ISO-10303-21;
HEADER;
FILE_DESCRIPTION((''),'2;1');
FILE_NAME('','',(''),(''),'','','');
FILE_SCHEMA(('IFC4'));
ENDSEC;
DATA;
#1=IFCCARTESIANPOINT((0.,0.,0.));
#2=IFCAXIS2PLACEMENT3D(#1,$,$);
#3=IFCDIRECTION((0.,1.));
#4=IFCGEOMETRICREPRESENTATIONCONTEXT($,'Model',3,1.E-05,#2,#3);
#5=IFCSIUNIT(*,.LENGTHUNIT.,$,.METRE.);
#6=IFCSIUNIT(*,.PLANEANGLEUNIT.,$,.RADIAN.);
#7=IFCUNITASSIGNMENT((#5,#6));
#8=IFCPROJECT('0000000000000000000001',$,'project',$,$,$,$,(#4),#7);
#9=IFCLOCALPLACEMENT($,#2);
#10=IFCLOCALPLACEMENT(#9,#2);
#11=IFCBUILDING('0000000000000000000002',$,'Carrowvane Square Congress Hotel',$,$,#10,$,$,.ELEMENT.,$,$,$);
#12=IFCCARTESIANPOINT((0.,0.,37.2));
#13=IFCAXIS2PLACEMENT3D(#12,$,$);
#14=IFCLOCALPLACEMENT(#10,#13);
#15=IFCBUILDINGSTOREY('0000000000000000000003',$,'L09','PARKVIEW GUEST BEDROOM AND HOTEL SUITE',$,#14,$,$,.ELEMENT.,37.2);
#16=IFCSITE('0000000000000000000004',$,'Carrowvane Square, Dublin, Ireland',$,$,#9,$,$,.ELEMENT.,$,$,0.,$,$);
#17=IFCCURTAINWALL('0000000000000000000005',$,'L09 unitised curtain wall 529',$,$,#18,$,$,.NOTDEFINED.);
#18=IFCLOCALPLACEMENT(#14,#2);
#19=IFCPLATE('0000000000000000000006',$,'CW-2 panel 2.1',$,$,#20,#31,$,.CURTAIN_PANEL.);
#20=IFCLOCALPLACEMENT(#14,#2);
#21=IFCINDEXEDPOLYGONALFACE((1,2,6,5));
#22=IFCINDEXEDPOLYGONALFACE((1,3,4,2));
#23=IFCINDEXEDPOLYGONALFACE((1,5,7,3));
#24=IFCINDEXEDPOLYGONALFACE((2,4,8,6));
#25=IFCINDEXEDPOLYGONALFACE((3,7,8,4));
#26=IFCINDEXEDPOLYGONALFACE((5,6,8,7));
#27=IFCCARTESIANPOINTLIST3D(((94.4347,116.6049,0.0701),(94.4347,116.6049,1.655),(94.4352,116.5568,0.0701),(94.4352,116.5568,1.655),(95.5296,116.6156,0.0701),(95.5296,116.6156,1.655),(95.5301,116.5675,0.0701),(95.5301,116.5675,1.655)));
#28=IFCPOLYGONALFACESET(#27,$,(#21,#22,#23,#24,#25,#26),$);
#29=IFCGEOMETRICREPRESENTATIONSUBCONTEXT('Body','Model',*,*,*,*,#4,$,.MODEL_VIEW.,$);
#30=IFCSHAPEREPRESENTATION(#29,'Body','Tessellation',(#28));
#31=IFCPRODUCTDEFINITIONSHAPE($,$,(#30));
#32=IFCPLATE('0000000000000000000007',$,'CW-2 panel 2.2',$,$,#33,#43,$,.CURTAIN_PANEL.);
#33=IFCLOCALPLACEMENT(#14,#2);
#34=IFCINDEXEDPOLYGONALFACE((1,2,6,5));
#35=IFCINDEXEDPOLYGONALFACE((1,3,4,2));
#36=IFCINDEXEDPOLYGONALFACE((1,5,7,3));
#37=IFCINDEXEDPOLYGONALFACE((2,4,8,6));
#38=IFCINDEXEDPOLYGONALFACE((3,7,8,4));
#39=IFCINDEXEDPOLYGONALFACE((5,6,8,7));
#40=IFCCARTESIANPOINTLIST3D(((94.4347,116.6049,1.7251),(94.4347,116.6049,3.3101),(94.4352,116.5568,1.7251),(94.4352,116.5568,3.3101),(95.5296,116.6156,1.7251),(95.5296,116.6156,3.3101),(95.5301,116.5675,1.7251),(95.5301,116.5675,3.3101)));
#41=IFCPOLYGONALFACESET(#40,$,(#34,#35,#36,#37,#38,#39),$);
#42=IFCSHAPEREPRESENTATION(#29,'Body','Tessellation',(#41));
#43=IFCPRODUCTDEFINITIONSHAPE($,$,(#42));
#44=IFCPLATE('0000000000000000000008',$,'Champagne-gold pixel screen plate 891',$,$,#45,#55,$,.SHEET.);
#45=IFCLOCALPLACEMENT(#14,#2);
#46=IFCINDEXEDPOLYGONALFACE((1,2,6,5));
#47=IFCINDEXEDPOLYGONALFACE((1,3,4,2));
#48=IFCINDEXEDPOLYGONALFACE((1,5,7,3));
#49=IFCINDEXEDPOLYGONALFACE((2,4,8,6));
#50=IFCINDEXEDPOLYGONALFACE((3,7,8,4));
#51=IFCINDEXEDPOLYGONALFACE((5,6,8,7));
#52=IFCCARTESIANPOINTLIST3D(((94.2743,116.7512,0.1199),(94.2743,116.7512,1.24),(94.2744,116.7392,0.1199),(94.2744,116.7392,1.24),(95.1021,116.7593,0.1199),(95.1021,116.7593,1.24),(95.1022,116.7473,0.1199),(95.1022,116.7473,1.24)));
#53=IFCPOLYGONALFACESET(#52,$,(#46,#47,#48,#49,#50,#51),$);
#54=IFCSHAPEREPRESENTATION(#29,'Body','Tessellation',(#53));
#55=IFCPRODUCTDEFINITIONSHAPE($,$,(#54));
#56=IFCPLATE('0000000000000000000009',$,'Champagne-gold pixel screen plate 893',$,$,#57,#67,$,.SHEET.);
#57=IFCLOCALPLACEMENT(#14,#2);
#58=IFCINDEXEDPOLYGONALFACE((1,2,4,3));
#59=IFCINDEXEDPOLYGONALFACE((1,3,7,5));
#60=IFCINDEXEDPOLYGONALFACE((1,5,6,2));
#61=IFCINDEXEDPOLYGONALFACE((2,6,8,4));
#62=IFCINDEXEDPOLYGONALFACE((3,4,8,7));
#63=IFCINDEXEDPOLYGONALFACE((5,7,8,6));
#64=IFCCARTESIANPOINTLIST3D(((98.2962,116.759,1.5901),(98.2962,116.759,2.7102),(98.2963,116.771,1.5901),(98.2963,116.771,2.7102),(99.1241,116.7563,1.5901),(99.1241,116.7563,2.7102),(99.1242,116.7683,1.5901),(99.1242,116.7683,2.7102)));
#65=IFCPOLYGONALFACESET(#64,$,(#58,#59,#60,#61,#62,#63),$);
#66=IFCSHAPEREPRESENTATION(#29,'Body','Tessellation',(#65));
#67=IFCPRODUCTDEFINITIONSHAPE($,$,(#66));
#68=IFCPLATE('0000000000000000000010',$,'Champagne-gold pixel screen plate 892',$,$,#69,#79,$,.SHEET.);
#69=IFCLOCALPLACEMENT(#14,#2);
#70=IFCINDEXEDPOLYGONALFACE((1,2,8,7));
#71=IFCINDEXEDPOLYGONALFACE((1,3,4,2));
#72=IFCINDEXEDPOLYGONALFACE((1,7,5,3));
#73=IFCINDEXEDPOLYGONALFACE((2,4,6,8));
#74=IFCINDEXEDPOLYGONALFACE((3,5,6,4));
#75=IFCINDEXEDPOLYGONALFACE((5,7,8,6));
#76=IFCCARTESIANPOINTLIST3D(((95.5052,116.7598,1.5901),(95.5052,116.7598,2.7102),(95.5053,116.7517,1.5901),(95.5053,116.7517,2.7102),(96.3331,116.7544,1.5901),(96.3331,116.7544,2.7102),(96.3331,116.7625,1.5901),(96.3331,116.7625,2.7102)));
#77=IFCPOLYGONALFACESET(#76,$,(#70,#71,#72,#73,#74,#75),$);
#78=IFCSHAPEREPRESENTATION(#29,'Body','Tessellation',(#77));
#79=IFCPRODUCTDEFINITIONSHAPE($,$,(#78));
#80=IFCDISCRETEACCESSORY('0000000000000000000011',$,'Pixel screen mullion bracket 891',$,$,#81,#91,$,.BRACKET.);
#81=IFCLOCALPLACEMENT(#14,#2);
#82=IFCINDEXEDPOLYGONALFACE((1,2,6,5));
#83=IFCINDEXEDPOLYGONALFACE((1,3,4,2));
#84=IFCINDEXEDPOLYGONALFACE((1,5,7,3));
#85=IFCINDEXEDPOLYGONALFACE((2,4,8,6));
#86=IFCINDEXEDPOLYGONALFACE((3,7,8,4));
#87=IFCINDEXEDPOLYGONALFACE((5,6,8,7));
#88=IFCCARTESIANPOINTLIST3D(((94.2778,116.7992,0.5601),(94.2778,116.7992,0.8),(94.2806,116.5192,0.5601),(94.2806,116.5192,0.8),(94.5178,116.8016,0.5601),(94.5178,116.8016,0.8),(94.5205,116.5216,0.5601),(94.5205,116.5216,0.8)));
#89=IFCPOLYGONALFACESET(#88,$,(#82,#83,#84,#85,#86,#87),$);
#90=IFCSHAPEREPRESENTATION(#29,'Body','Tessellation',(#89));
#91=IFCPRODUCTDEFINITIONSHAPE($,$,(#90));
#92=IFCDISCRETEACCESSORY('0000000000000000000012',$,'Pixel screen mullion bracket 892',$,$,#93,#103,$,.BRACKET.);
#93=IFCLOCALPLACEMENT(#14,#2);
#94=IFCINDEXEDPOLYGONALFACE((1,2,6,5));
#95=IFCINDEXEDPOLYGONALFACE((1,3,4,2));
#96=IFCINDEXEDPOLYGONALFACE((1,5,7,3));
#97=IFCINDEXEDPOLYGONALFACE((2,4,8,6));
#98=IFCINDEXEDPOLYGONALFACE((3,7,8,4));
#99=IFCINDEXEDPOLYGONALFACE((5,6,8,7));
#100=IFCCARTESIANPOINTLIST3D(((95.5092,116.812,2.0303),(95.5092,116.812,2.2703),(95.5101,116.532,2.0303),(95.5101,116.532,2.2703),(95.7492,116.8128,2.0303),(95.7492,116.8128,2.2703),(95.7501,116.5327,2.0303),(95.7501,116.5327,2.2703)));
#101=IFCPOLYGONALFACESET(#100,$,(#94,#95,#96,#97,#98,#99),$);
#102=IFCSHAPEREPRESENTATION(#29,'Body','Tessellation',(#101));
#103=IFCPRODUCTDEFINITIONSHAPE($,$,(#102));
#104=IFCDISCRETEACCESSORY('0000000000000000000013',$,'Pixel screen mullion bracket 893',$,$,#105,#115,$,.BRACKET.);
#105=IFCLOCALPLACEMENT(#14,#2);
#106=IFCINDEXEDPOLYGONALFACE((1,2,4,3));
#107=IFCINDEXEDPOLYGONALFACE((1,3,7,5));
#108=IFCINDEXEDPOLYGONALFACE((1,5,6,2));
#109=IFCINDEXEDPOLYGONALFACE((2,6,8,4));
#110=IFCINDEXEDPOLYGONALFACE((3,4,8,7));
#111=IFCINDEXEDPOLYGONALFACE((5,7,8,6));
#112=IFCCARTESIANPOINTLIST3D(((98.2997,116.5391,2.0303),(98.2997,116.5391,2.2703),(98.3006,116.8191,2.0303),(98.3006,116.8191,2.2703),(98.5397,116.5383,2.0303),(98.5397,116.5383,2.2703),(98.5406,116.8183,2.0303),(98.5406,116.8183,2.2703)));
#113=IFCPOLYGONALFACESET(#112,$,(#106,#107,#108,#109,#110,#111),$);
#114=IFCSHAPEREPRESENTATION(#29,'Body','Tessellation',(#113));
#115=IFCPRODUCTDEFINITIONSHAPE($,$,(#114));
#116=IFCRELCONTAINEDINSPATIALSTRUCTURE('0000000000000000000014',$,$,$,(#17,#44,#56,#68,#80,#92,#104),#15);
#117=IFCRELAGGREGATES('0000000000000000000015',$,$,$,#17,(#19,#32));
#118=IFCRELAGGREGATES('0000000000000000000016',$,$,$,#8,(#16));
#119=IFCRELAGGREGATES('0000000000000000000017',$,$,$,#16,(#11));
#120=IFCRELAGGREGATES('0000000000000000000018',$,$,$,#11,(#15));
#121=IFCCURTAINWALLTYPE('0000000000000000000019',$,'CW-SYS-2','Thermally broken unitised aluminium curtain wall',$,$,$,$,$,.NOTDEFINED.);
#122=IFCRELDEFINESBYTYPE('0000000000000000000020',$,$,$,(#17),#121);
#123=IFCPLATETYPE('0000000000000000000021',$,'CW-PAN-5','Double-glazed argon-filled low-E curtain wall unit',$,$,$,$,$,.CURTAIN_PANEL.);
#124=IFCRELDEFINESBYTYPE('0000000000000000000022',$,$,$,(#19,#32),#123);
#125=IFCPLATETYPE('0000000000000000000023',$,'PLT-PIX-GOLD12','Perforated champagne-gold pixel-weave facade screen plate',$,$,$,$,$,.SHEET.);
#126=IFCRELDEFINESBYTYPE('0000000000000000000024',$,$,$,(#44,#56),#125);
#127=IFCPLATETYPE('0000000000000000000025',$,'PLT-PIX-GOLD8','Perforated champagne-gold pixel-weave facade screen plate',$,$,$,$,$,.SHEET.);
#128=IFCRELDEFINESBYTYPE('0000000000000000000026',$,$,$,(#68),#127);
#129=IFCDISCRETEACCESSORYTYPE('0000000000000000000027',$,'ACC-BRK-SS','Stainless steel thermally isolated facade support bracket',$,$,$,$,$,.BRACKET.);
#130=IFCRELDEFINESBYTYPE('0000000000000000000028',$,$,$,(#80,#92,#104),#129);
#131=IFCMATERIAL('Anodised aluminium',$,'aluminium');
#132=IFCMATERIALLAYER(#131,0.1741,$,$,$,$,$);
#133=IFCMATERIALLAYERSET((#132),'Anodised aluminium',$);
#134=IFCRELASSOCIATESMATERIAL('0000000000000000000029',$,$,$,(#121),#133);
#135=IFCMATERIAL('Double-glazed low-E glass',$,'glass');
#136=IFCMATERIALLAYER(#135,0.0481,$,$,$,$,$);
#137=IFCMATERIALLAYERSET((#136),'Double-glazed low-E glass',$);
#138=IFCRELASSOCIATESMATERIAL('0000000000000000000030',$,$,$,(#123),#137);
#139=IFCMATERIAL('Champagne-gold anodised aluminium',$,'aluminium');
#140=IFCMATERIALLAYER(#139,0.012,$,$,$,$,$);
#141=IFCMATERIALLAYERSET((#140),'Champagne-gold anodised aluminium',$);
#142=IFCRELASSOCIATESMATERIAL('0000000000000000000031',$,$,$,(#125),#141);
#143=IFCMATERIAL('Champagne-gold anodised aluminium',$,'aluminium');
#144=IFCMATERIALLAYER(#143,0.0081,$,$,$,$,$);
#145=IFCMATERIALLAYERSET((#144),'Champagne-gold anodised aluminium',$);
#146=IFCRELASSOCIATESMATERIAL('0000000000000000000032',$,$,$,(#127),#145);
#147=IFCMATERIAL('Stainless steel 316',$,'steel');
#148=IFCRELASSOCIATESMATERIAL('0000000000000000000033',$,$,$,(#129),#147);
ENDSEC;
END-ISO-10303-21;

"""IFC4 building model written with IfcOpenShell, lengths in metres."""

from ifc_helpers import new_model, si_unit, direction, frame, origin, origin_2d, place, context, subcontext, project, spatial, rectangle, extrude, material, layer, layer_set, type_object, element, aggregate, save


model = new_model("IFC4")

# Units and contexts
model_context = context("Model", 3, precision=1e-05, world=origin(), true_north=direction((0.0, 1.0)))
body_context = subcontext(model_context, "Body", "Model", "MODEL_VIEW")
ifc_project = project(units=[si_unit("LENGTHUNIT", "METRE"), si_unit("PLANEANGLEUNIT", "RADIAN")], contexts=[model_context])

# Site, building, storey
site_placement = place(None, origin())
site = spatial("IfcSite", under=ifc_project, at=site_placement, Name="Carrowvane Square, Dublin, Ireland", CompositionType="ELEMENT", RefElevation=0.0)
building_placement = place(site_placement, origin())
building = spatial("IfcBuilding", under=site, at=building_placement, Name="Carrowvane Square Congress Hotel", CompositionType="ELEMENT")
storey_placement = place(building_placement, frame((0.0, 0.0, 37.2)))
storey = spatial("IfcBuildingStorey", under=building, at=storey_placement, Name="L09", Description="PARKVIEW GUEST BEDROOM AND HOTEL SUITE", CompositionType="ELEMENT", Elevation=37.2)

# Curtain wall
ifc_material_1 = material(Name="Anodised aluminium", Category="aluminium")
ifc_layer_1 = layer(ifc_material_1, 0.1741)
ifc_layer_set_1 = layer_set([ifc_layer_1], Name="Anodised aluminium")
curtain_wall_type_1 = type_object("IfcCurtainWallType", Name="CW-SYS-2", Description="Thermally broken unitised aluminium curtain wall", PredefinedType="NOTDEFINED", material=ifc_layer_set_1)
curtain_wall_1_placement = place(storey_placement, origin())
curtain_wall_1 = element("IfcCurtainWall", 1, at=curtain_wall_1_placement, inside=storey, type_object=curtain_wall_type_1, Name="L09 unitised curtain wall 529", PredefinedType="NOTDEFINED")

# Plates
ifc_material_2 = material(Name="Double-glazed low-E glass", Category="glass")
ifc_layer_2 = layer(ifc_material_2, 0.0481)
ifc_layer_set_2 = layer_set([ifc_layer_2], Name="Double-glazed low-E glass")
plate_type_1 = type_object("IfcPlateType", Name="CW-PAN-5", Description="Double-glazed argon-filled low-E curtain wall unit", PredefinedType="CURTAIN_PANEL", material=ifc_layer_set_2)
plate_1_placement = place(storey_placement, frame((94.9824, 116.5862, 0.0701), z_axis=(0.0, 0.0, 1.0), x_axis=(0.999952, 0.009783, 0.0)))
plate_1 = element("IfcPlate", 2, at=plate_1_placement, type_object=plate_type_1, Name="CW-2 panel 2.1", PredefinedType="CURTAIN_PANEL", context=body_context, shape_type="SweptSolid", body=[
    extrude(rectangle(XDim=1.095, YDim=0.0481, at=origin_2d()), origin(), (0.0, 0.0, 1.0), 1.585),
])
plate_2_placement = place(storey_placement, frame((94.9824, 116.5862, 1.7251), z_axis=(0.0, 0.0, 1.0), x_axis=(0.999952, 0.009783, 0.0)))
plate_2 = element("IfcPlate", 3, at=plate_2_placement, type_object=plate_type_1, Name="CW-2 panel 2.2", PredefinedType="CURTAIN_PANEL", context=body_context, shape_type="SweptSolid", body=[
    extrude(rectangle(XDim=1.095, YDim=0.0481, at=origin_2d()), origin(), (0.0, 0.0, 1.0), 1.585),
])
aggregate(curtain_wall_1, [plate_1, plate_2])

# Plates
ifc_material_3 = material(Name="Champagne-gold anodised aluminium", Category="aluminium")
ifc_layer_3 = layer(ifc_material_3, 0.012)
ifc_layer_set_3 = layer_set([ifc_layer_3], Name="Champagne-gold anodised aluminium")
plate_type_2 = type_object("IfcPlateType", Name="PLT-PIX-GOLD12", Description="Perforated champagne-gold pixel-weave facade screen plate", PredefinedType="SHEET", material=ifc_layer_set_3)
for number, where, z_axis, x_axis, name in (
    (4, (94.6882, 116.7493, 0.1199), (0.0, 0.0, 1.0), (0.999952, 0.009782, 0.0), "Champagne-gold pixel screen plate 891"),
    (5, (98.7102, 116.7637, 1.5901), (0.0, 0.0, 1.0), (0.999995, -0.00327, 0.0), "Champagne-gold pixel screen plate 893"),
):
    element("IfcPlate", number, at=place(storey_placement, frame(where, z_axis=z_axis, x_axis=x_axis)), inside=storey, type_object=plate_type_2, Name=name, PredefinedType="SHEET", context=body_context, shape_type="SweptSolid", body=[
        extrude(rectangle(XDim=0.8279, YDim=0.012, at=origin_2d()), origin(), (0.0, 0.0, 1.0), 1.1201),
    ])
ifc_material_4 = material(Name="Champagne-gold anodised aluminium", Category="aluminium")
ifc_layer_4 = layer(ifc_material_4, 0.0081)
ifc_layer_set_4 = layer_set([ifc_layer_4], Name="Champagne-gold anodised aluminium")
plate_type_3 = type_object("IfcPlateType", Name="PLT-PIX-GOLD8", Description="Perforated champagne-gold pixel-weave facade screen plate", PredefinedType="SHEET", material=ifc_layer_set_4)
plate_3_placement = place(storey_placement, frame((95.9192, 116.7571, 1.5901), z_axis=(0.0, 0.0, 1.0), x_axis=(0.999995, 0.00327, 0.0)))
element("IfcPlate", 6, at=plate_3_placement, inside=storey, type_object=plate_type_3, Name="Champagne-gold pixel screen plate 892", PredefinedType="SHEET", context=body_context, shape_type="SweptSolid", body=[
    extrude(rectangle(XDim=0.8279, YDim=0.0081, at=origin_2d()), origin(), (0.0, 0.0, 1.0), 1.1201),
])

# Discrete accessories
ifc_material_5 = material(Name="Stainless steel 316", Category="steel")
discrete_accessory_type = type_object("IfcDiscreteAccessoryType", Name="ACC-BRK-SS", Description="Stainless steel thermally isolated facade support bracket", PredefinedType="BRACKET", material=ifc_material_5)
for number, where, z_axis, x_axis, name in (
    (7, (94.3992, 116.6604, 0.5601), (0.0, 0.0, 1.0), (0.999952, 0.009782, 0.0), "Pixel screen mullion bracket 891"),
    (8, (95.6296, 116.6724, 2.0303), (0.0, 0.0, 1.0), (0.999995, 0.00327, 0.0), "Pixel screen mullion bracket 892"),
    (9, (98.4202, 116.6787, 2.0303), (0.0, 0.0, 1.0), (0.999995, -0.00327, 0.0), "Pixel screen mullion bracket 893"),
):
    element("IfcDiscreteAccessory", number, at=place(storey_placement, frame(where, z_axis=z_axis, x_axis=x_axis)), inside=storey, type_object=discrete_accessory_type, Name=name, PredefinedType="BRACKET", context=body_context, shape_type="SweptSolid", body=[
        extrude(rectangle(XDim=0.24, YDim=0.28, at=origin_2d()), origin(), (0.0, 0.0, 1.0), 0.24),
    ])

save(model, "model.ifc")
